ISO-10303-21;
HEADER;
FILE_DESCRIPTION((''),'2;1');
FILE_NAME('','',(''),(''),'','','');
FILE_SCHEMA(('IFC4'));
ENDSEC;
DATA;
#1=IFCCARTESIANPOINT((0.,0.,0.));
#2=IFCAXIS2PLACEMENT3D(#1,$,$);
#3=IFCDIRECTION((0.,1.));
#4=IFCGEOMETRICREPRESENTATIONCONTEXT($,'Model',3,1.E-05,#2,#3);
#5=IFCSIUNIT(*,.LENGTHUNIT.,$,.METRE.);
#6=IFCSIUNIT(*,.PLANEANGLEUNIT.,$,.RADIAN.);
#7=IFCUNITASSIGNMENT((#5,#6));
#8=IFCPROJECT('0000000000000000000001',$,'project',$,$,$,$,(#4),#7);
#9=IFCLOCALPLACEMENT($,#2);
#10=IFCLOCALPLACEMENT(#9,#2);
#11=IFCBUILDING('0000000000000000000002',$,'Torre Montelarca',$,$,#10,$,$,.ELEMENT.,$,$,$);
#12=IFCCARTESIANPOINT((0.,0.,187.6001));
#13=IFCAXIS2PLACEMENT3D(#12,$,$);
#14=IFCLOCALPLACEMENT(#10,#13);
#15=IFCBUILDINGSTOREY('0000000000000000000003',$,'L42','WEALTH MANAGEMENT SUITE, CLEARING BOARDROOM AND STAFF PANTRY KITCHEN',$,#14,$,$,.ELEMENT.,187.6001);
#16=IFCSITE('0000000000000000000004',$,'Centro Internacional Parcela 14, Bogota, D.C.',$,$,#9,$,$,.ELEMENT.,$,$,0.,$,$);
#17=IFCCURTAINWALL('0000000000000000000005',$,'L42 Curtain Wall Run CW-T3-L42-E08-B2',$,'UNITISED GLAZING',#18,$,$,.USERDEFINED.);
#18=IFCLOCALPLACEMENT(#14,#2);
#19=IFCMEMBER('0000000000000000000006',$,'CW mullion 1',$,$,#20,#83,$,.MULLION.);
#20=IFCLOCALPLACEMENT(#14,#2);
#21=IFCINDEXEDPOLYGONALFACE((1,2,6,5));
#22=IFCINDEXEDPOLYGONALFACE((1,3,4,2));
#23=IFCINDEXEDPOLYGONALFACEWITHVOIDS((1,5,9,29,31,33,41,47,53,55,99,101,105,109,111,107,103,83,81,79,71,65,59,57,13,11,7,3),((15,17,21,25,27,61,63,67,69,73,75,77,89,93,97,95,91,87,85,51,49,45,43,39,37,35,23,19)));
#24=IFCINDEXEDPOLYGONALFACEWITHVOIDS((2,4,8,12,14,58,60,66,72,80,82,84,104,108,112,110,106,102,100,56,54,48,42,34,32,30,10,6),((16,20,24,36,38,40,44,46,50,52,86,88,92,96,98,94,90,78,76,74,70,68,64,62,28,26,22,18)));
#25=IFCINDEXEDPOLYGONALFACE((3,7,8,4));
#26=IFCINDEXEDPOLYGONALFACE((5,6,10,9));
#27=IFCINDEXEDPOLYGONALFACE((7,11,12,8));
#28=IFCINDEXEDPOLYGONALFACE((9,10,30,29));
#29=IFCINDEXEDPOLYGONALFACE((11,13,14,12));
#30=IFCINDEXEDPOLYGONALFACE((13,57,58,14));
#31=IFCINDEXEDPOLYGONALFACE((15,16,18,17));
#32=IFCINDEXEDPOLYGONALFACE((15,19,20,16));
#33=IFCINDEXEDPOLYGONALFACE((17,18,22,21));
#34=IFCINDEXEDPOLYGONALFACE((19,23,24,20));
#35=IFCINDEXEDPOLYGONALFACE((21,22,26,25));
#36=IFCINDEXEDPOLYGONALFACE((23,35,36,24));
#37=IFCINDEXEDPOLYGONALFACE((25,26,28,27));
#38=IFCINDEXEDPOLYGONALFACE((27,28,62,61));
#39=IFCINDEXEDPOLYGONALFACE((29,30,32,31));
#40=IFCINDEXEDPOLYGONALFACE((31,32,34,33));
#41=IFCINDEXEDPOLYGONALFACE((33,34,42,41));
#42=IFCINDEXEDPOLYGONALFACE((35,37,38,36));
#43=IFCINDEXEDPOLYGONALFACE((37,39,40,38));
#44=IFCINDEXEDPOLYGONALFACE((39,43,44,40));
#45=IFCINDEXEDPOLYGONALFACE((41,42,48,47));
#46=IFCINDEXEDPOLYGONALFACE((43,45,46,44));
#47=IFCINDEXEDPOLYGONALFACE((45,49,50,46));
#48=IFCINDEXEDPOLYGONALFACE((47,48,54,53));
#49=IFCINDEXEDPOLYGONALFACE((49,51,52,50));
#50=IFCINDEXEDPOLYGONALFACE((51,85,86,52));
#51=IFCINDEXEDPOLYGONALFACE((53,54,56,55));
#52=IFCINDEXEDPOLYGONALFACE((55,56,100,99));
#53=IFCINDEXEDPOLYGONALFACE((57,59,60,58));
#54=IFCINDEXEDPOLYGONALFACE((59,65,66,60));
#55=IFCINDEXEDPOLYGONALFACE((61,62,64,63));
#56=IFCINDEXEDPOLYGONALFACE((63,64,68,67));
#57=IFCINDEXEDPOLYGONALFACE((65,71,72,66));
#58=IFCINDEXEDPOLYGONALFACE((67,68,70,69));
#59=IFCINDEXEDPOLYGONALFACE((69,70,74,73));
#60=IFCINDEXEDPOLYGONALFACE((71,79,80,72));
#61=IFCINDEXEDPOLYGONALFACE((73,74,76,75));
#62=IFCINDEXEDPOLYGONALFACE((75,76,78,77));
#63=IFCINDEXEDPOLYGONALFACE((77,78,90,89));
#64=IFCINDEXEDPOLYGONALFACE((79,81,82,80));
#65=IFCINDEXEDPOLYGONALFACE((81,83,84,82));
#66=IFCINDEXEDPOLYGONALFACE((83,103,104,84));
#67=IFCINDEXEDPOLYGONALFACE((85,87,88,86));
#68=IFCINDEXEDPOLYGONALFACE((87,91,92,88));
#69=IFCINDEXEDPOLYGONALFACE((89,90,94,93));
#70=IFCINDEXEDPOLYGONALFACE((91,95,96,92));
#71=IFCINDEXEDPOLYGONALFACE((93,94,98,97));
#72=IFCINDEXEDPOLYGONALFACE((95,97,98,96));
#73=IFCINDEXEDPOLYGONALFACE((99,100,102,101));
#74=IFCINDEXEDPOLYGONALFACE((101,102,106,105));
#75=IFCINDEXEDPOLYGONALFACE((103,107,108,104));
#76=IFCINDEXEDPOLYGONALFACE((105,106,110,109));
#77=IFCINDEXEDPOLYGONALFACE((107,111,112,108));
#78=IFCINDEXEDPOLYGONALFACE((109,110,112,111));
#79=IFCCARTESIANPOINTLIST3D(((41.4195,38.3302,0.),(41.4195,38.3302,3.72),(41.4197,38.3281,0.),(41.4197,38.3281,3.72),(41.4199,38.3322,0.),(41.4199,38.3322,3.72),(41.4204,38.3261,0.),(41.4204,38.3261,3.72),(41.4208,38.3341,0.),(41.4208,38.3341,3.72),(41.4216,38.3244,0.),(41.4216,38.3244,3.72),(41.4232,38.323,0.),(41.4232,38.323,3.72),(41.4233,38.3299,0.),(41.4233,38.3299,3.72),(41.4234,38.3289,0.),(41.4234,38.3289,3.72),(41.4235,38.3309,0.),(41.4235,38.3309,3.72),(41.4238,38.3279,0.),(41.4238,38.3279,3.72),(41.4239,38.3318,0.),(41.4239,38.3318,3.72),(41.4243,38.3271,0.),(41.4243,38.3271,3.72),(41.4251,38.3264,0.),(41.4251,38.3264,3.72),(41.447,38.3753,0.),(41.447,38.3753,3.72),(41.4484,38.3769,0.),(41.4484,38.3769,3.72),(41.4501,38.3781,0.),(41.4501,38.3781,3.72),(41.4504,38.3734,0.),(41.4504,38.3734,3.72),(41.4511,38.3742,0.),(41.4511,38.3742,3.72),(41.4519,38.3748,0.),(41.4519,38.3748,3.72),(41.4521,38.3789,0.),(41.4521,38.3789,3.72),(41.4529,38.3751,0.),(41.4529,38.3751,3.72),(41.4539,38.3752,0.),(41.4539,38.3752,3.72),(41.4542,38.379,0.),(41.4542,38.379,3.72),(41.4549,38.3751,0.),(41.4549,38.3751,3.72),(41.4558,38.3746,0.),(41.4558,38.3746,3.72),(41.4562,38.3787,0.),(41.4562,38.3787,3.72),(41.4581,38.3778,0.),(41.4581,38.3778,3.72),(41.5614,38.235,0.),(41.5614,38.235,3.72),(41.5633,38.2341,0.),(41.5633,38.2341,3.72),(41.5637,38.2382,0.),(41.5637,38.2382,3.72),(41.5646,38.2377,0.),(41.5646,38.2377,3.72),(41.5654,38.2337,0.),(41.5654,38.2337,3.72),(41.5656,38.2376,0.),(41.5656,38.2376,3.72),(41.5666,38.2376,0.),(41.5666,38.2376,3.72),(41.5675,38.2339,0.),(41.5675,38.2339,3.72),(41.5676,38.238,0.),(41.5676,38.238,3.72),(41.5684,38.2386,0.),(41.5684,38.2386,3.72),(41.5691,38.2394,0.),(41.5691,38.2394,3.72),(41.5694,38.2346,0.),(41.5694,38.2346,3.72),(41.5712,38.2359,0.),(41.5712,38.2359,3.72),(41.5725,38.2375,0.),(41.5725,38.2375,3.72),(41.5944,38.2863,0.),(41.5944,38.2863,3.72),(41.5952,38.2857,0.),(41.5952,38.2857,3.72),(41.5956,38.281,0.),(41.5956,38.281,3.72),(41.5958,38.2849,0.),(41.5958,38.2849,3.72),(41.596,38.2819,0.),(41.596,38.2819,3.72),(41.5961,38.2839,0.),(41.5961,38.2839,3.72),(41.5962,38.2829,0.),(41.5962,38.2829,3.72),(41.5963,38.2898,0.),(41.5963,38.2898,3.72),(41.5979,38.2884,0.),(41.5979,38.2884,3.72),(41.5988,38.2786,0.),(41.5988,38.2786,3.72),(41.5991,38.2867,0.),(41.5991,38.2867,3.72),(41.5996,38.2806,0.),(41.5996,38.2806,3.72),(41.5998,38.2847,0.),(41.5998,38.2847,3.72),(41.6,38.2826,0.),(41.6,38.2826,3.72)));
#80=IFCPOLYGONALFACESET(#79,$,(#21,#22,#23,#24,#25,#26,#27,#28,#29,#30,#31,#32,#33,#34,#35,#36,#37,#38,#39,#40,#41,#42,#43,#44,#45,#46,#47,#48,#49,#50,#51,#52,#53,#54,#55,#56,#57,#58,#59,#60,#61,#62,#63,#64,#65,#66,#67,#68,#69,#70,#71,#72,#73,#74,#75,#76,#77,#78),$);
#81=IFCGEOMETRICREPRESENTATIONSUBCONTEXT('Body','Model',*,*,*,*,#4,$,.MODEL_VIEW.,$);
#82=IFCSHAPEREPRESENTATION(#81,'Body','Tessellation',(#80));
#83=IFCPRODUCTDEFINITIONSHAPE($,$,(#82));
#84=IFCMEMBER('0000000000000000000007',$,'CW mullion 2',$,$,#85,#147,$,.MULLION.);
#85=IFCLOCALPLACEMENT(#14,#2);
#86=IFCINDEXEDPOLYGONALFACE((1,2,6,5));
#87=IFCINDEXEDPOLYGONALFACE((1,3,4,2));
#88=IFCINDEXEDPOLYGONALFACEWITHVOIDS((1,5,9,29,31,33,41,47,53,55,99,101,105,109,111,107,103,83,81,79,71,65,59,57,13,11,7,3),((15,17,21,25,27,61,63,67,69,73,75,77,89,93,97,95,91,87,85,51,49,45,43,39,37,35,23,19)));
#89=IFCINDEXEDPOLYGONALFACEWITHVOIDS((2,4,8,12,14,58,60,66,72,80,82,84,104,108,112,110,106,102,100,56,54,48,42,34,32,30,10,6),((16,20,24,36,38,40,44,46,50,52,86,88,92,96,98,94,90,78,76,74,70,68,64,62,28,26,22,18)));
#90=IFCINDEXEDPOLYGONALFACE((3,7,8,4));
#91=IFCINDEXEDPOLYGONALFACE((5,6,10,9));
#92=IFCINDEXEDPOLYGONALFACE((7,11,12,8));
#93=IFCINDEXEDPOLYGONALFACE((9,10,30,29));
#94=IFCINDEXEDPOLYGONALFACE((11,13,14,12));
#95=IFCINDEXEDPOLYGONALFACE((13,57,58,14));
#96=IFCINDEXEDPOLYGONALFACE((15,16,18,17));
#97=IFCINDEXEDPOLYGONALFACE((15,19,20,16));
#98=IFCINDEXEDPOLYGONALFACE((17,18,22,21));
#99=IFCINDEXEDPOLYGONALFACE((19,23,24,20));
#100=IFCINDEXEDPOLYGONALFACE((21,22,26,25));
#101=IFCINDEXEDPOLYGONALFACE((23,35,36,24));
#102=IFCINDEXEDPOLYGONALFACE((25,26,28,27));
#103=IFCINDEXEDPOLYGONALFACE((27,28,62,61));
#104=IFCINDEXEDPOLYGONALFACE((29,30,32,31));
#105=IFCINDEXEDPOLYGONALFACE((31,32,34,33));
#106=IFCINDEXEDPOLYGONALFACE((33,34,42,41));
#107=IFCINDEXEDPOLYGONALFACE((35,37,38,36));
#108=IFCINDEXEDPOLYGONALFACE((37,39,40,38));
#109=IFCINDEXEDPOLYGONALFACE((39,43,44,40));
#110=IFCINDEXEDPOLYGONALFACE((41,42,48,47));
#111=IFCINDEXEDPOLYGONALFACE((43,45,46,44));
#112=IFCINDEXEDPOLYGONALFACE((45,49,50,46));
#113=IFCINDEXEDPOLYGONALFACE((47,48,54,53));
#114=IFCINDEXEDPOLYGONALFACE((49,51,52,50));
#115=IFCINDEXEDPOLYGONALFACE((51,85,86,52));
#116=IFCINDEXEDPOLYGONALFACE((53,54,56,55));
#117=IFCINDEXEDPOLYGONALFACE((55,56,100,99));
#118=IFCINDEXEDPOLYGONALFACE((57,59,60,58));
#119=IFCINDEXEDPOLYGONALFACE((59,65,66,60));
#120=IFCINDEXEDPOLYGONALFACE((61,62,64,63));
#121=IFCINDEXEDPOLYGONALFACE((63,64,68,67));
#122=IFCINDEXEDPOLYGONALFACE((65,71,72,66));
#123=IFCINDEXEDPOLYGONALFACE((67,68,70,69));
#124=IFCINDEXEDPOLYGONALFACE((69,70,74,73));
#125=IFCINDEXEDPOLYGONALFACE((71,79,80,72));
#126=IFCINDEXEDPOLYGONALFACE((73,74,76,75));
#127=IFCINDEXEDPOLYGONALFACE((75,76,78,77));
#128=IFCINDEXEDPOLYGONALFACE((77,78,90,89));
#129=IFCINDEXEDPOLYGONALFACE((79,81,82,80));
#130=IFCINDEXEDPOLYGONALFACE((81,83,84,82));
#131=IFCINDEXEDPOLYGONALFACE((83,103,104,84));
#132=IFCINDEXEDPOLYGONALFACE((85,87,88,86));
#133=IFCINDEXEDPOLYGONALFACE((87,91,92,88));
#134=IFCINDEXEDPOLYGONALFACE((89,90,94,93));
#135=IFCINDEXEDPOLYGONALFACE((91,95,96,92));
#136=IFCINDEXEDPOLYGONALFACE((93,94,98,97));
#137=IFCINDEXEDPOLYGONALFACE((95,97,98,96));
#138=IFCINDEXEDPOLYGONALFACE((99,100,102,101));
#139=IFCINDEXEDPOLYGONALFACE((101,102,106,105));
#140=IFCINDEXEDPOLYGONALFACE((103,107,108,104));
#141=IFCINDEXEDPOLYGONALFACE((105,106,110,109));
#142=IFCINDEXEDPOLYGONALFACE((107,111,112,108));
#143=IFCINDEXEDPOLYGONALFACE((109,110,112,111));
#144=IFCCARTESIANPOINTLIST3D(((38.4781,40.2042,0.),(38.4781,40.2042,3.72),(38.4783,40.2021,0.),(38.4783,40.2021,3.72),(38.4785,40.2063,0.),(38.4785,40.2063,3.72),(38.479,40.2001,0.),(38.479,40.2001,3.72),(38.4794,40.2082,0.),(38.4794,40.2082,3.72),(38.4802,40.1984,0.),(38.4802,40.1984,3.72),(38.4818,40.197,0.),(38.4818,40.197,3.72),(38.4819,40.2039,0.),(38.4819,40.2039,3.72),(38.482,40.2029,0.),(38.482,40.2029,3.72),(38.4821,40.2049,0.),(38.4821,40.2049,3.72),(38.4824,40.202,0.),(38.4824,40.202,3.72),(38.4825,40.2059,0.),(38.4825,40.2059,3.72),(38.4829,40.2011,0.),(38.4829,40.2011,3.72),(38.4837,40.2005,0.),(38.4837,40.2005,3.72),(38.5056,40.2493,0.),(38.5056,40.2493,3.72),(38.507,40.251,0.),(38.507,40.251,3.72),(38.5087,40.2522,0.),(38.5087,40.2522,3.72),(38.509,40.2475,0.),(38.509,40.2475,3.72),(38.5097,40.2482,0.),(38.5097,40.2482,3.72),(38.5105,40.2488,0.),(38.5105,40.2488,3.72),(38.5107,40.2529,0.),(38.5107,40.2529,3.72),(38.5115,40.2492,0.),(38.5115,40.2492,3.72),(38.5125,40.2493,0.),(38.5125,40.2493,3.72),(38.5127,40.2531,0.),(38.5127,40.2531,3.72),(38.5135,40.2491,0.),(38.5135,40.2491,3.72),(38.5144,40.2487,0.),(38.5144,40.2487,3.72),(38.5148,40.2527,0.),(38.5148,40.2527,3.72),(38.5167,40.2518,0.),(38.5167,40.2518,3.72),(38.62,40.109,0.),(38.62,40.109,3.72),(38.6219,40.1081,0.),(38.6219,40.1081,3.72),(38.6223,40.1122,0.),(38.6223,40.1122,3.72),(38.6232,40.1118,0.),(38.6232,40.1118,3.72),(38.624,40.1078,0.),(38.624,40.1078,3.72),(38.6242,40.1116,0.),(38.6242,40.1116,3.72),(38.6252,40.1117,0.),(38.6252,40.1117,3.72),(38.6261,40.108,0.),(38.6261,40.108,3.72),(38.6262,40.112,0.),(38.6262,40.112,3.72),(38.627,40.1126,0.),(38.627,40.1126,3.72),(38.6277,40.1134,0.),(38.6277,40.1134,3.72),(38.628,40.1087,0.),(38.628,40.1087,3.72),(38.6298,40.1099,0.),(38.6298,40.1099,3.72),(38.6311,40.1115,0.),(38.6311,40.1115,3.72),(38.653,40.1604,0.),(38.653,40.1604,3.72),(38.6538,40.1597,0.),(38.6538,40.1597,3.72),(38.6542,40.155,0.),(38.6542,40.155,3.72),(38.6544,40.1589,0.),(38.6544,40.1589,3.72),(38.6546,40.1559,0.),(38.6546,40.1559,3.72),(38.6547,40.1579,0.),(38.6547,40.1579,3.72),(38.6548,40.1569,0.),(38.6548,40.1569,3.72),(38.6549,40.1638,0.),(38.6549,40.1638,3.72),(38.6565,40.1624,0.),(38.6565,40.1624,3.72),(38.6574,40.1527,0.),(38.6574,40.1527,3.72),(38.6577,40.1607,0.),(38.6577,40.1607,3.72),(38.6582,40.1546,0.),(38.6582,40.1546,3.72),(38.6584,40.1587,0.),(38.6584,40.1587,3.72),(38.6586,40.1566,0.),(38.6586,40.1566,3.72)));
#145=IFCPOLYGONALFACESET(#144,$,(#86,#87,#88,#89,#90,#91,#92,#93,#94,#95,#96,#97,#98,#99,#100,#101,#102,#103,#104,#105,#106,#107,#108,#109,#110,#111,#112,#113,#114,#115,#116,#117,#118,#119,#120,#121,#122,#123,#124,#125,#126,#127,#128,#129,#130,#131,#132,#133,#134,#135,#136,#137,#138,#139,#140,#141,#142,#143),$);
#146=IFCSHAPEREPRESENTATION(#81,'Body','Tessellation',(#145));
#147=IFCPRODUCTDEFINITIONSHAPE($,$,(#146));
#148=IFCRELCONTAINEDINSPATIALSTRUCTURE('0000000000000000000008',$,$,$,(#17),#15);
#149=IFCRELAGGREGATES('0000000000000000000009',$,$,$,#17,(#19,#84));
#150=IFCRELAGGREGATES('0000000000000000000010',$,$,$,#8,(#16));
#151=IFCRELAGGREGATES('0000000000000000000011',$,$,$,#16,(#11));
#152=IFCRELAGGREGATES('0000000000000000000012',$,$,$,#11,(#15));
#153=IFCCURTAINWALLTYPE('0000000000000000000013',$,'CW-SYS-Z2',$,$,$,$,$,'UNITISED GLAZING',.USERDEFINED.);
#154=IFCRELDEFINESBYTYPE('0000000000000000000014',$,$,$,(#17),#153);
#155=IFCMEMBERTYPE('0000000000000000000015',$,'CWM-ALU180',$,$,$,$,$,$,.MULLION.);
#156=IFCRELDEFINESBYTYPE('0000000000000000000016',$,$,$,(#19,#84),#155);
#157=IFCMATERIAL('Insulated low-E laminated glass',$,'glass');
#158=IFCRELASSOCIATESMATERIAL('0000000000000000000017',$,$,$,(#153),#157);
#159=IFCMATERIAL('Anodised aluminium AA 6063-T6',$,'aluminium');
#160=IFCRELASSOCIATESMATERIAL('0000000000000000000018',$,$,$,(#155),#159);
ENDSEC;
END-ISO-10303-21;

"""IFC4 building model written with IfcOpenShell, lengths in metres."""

from ifc_helpers import new_model, si_unit, direction, frame, origin, origin_2d, place, context, subcontext, project, spatial, hollow_rectangle, extrude, source, transform, mapped, material, material_profile, profile_set, type_object, element, aggregate, save


model = new_model("IFC4")

# Units and contexts
model_context = context("Model", 3, precision=1e-05, world=origin(), true_north=direction((0.0, 1.0)))
body_context = subcontext(model_context, "Body", "Model", "MODEL_VIEW")
ifc_project = project(units=[si_unit("LENGTHUNIT", "METRE"), si_unit("PLANEANGLEUNIT", "RADIAN")], contexts=[model_context])

# Site, building, storey
site_placement = place(None, origin())
site = spatial("IfcSite", under=ifc_project, at=site_placement, Name="Centro Internacional Parcela 14, Bogota, D.C.", CompositionType="ELEMENT", RefElevation=0.0)
building_placement = place(site_placement, origin())
building = spatial("IfcBuilding", under=site, at=building_placement, Name="Torre Montelarca", CompositionType="ELEMENT")
storey_placement = place(building_placement, frame((0.0, 0.0, 187.6001)))
storey = spatial("IfcBuildingStorey", under=building, at=storey_placement, Name="L42", Description="WEALTH MANAGEMENT SUITE, CLEARING BOARDROOM AND STAFF PANTRY KITCHEN", CompositionType="ELEMENT", Elevation=187.6001)

# Curtain wall, members
ifc_material_1 = material(Name="Insulated low-E laminated glass", Category="glass")
curtain_wall_type = type_object("IfcCurtainWallType", Name="CW-SYS-Z2", ElementType="UNITISED GLAZING", PredefinedType="USERDEFINED", material=ifc_material_1)
ifc_material_2 = material(Name="Anodised aluminium AA 6063-T6", Category="aluminium")
ifc_material_profile_1 = material_profile(ifc_material_2, hollow_rectangle(XDim=0.0649, YDim=0.1799, WallThickness=0.0039, InnerFilletRadius=0.0039, OuterFilletRadius=0.0081, at=origin_2d()), Name="ALU65X180X4", Category="aluminium")
ifc_profile_set_1 = profile_set([ifc_material_profile_1], Name="Anodised aluminium AA 6063-T6")
member_type_1 = type_object("IfcMemberType", Name="CWM-ALU180", PredefinedType="MULLION", material=ifc_profile_set_1)
shared_shape_1 = source(origin(), body_context, "Body", "SweptSolid", [
    extrude(hollow_rectangle(XDim=0.0649, YDim=0.1799, WallThickness=0.0039, InnerFilletRadius=0.0039, OuterFilletRadius=0.0081, at=origin_2d()), origin(), (0.0, 0.0, 1.0), 3.72),
])
curtain_wall_1_placement = place(storey_placement, origin())
curtain_wall_1 = element("IfcCurtainWall", 1, at=curtain_wall_1_placement, inside=storey, type_object=curtain_wall_type, Name="L42 Curtain Wall Run CW-T3-L42-E08-B2", ObjectType="UNITISED GLAZING", PredefinedType="USERDEFINED")
member_1_placement = place(storey_placement, frame((41.5098, 38.3064, 0.0), z_axis=(0.0, 0.0, 1.0), x_axis=(-0.537299, -0.843392, 0.0)))
member_1 = element("IfcMember", 2, at=member_1_placement, type_object=member_type_1, Name="CW mullion 1", PredefinedType="MULLION", context=body_context, shape_type="MappedRepresentation", body=[
    mapped(shared_shape_1, transform((0.0, 0.0, 0.0), scale=1.0)),
])
member_2_placement = place(storey_placement, frame((38.5684, 40.1804, 0.0), z_axis=(0.0, 0.0, 1.0), x_axis=(-0.537299, -0.843392, 0.0)))
member_2 = element("IfcMember", 3, at=member_2_placement, type_object=member_type_1, Name="CW mullion 2", PredefinedType="MULLION", context=body_context, shape_type="MappedRepresentation", body=[
    mapped(shared_shape_1, transform((0.0, 0.0, 0.0), scale=1.0)),
])

aggregate(curtain_wall_1, [member_1, member_2])

save(model, "model.ifc")
